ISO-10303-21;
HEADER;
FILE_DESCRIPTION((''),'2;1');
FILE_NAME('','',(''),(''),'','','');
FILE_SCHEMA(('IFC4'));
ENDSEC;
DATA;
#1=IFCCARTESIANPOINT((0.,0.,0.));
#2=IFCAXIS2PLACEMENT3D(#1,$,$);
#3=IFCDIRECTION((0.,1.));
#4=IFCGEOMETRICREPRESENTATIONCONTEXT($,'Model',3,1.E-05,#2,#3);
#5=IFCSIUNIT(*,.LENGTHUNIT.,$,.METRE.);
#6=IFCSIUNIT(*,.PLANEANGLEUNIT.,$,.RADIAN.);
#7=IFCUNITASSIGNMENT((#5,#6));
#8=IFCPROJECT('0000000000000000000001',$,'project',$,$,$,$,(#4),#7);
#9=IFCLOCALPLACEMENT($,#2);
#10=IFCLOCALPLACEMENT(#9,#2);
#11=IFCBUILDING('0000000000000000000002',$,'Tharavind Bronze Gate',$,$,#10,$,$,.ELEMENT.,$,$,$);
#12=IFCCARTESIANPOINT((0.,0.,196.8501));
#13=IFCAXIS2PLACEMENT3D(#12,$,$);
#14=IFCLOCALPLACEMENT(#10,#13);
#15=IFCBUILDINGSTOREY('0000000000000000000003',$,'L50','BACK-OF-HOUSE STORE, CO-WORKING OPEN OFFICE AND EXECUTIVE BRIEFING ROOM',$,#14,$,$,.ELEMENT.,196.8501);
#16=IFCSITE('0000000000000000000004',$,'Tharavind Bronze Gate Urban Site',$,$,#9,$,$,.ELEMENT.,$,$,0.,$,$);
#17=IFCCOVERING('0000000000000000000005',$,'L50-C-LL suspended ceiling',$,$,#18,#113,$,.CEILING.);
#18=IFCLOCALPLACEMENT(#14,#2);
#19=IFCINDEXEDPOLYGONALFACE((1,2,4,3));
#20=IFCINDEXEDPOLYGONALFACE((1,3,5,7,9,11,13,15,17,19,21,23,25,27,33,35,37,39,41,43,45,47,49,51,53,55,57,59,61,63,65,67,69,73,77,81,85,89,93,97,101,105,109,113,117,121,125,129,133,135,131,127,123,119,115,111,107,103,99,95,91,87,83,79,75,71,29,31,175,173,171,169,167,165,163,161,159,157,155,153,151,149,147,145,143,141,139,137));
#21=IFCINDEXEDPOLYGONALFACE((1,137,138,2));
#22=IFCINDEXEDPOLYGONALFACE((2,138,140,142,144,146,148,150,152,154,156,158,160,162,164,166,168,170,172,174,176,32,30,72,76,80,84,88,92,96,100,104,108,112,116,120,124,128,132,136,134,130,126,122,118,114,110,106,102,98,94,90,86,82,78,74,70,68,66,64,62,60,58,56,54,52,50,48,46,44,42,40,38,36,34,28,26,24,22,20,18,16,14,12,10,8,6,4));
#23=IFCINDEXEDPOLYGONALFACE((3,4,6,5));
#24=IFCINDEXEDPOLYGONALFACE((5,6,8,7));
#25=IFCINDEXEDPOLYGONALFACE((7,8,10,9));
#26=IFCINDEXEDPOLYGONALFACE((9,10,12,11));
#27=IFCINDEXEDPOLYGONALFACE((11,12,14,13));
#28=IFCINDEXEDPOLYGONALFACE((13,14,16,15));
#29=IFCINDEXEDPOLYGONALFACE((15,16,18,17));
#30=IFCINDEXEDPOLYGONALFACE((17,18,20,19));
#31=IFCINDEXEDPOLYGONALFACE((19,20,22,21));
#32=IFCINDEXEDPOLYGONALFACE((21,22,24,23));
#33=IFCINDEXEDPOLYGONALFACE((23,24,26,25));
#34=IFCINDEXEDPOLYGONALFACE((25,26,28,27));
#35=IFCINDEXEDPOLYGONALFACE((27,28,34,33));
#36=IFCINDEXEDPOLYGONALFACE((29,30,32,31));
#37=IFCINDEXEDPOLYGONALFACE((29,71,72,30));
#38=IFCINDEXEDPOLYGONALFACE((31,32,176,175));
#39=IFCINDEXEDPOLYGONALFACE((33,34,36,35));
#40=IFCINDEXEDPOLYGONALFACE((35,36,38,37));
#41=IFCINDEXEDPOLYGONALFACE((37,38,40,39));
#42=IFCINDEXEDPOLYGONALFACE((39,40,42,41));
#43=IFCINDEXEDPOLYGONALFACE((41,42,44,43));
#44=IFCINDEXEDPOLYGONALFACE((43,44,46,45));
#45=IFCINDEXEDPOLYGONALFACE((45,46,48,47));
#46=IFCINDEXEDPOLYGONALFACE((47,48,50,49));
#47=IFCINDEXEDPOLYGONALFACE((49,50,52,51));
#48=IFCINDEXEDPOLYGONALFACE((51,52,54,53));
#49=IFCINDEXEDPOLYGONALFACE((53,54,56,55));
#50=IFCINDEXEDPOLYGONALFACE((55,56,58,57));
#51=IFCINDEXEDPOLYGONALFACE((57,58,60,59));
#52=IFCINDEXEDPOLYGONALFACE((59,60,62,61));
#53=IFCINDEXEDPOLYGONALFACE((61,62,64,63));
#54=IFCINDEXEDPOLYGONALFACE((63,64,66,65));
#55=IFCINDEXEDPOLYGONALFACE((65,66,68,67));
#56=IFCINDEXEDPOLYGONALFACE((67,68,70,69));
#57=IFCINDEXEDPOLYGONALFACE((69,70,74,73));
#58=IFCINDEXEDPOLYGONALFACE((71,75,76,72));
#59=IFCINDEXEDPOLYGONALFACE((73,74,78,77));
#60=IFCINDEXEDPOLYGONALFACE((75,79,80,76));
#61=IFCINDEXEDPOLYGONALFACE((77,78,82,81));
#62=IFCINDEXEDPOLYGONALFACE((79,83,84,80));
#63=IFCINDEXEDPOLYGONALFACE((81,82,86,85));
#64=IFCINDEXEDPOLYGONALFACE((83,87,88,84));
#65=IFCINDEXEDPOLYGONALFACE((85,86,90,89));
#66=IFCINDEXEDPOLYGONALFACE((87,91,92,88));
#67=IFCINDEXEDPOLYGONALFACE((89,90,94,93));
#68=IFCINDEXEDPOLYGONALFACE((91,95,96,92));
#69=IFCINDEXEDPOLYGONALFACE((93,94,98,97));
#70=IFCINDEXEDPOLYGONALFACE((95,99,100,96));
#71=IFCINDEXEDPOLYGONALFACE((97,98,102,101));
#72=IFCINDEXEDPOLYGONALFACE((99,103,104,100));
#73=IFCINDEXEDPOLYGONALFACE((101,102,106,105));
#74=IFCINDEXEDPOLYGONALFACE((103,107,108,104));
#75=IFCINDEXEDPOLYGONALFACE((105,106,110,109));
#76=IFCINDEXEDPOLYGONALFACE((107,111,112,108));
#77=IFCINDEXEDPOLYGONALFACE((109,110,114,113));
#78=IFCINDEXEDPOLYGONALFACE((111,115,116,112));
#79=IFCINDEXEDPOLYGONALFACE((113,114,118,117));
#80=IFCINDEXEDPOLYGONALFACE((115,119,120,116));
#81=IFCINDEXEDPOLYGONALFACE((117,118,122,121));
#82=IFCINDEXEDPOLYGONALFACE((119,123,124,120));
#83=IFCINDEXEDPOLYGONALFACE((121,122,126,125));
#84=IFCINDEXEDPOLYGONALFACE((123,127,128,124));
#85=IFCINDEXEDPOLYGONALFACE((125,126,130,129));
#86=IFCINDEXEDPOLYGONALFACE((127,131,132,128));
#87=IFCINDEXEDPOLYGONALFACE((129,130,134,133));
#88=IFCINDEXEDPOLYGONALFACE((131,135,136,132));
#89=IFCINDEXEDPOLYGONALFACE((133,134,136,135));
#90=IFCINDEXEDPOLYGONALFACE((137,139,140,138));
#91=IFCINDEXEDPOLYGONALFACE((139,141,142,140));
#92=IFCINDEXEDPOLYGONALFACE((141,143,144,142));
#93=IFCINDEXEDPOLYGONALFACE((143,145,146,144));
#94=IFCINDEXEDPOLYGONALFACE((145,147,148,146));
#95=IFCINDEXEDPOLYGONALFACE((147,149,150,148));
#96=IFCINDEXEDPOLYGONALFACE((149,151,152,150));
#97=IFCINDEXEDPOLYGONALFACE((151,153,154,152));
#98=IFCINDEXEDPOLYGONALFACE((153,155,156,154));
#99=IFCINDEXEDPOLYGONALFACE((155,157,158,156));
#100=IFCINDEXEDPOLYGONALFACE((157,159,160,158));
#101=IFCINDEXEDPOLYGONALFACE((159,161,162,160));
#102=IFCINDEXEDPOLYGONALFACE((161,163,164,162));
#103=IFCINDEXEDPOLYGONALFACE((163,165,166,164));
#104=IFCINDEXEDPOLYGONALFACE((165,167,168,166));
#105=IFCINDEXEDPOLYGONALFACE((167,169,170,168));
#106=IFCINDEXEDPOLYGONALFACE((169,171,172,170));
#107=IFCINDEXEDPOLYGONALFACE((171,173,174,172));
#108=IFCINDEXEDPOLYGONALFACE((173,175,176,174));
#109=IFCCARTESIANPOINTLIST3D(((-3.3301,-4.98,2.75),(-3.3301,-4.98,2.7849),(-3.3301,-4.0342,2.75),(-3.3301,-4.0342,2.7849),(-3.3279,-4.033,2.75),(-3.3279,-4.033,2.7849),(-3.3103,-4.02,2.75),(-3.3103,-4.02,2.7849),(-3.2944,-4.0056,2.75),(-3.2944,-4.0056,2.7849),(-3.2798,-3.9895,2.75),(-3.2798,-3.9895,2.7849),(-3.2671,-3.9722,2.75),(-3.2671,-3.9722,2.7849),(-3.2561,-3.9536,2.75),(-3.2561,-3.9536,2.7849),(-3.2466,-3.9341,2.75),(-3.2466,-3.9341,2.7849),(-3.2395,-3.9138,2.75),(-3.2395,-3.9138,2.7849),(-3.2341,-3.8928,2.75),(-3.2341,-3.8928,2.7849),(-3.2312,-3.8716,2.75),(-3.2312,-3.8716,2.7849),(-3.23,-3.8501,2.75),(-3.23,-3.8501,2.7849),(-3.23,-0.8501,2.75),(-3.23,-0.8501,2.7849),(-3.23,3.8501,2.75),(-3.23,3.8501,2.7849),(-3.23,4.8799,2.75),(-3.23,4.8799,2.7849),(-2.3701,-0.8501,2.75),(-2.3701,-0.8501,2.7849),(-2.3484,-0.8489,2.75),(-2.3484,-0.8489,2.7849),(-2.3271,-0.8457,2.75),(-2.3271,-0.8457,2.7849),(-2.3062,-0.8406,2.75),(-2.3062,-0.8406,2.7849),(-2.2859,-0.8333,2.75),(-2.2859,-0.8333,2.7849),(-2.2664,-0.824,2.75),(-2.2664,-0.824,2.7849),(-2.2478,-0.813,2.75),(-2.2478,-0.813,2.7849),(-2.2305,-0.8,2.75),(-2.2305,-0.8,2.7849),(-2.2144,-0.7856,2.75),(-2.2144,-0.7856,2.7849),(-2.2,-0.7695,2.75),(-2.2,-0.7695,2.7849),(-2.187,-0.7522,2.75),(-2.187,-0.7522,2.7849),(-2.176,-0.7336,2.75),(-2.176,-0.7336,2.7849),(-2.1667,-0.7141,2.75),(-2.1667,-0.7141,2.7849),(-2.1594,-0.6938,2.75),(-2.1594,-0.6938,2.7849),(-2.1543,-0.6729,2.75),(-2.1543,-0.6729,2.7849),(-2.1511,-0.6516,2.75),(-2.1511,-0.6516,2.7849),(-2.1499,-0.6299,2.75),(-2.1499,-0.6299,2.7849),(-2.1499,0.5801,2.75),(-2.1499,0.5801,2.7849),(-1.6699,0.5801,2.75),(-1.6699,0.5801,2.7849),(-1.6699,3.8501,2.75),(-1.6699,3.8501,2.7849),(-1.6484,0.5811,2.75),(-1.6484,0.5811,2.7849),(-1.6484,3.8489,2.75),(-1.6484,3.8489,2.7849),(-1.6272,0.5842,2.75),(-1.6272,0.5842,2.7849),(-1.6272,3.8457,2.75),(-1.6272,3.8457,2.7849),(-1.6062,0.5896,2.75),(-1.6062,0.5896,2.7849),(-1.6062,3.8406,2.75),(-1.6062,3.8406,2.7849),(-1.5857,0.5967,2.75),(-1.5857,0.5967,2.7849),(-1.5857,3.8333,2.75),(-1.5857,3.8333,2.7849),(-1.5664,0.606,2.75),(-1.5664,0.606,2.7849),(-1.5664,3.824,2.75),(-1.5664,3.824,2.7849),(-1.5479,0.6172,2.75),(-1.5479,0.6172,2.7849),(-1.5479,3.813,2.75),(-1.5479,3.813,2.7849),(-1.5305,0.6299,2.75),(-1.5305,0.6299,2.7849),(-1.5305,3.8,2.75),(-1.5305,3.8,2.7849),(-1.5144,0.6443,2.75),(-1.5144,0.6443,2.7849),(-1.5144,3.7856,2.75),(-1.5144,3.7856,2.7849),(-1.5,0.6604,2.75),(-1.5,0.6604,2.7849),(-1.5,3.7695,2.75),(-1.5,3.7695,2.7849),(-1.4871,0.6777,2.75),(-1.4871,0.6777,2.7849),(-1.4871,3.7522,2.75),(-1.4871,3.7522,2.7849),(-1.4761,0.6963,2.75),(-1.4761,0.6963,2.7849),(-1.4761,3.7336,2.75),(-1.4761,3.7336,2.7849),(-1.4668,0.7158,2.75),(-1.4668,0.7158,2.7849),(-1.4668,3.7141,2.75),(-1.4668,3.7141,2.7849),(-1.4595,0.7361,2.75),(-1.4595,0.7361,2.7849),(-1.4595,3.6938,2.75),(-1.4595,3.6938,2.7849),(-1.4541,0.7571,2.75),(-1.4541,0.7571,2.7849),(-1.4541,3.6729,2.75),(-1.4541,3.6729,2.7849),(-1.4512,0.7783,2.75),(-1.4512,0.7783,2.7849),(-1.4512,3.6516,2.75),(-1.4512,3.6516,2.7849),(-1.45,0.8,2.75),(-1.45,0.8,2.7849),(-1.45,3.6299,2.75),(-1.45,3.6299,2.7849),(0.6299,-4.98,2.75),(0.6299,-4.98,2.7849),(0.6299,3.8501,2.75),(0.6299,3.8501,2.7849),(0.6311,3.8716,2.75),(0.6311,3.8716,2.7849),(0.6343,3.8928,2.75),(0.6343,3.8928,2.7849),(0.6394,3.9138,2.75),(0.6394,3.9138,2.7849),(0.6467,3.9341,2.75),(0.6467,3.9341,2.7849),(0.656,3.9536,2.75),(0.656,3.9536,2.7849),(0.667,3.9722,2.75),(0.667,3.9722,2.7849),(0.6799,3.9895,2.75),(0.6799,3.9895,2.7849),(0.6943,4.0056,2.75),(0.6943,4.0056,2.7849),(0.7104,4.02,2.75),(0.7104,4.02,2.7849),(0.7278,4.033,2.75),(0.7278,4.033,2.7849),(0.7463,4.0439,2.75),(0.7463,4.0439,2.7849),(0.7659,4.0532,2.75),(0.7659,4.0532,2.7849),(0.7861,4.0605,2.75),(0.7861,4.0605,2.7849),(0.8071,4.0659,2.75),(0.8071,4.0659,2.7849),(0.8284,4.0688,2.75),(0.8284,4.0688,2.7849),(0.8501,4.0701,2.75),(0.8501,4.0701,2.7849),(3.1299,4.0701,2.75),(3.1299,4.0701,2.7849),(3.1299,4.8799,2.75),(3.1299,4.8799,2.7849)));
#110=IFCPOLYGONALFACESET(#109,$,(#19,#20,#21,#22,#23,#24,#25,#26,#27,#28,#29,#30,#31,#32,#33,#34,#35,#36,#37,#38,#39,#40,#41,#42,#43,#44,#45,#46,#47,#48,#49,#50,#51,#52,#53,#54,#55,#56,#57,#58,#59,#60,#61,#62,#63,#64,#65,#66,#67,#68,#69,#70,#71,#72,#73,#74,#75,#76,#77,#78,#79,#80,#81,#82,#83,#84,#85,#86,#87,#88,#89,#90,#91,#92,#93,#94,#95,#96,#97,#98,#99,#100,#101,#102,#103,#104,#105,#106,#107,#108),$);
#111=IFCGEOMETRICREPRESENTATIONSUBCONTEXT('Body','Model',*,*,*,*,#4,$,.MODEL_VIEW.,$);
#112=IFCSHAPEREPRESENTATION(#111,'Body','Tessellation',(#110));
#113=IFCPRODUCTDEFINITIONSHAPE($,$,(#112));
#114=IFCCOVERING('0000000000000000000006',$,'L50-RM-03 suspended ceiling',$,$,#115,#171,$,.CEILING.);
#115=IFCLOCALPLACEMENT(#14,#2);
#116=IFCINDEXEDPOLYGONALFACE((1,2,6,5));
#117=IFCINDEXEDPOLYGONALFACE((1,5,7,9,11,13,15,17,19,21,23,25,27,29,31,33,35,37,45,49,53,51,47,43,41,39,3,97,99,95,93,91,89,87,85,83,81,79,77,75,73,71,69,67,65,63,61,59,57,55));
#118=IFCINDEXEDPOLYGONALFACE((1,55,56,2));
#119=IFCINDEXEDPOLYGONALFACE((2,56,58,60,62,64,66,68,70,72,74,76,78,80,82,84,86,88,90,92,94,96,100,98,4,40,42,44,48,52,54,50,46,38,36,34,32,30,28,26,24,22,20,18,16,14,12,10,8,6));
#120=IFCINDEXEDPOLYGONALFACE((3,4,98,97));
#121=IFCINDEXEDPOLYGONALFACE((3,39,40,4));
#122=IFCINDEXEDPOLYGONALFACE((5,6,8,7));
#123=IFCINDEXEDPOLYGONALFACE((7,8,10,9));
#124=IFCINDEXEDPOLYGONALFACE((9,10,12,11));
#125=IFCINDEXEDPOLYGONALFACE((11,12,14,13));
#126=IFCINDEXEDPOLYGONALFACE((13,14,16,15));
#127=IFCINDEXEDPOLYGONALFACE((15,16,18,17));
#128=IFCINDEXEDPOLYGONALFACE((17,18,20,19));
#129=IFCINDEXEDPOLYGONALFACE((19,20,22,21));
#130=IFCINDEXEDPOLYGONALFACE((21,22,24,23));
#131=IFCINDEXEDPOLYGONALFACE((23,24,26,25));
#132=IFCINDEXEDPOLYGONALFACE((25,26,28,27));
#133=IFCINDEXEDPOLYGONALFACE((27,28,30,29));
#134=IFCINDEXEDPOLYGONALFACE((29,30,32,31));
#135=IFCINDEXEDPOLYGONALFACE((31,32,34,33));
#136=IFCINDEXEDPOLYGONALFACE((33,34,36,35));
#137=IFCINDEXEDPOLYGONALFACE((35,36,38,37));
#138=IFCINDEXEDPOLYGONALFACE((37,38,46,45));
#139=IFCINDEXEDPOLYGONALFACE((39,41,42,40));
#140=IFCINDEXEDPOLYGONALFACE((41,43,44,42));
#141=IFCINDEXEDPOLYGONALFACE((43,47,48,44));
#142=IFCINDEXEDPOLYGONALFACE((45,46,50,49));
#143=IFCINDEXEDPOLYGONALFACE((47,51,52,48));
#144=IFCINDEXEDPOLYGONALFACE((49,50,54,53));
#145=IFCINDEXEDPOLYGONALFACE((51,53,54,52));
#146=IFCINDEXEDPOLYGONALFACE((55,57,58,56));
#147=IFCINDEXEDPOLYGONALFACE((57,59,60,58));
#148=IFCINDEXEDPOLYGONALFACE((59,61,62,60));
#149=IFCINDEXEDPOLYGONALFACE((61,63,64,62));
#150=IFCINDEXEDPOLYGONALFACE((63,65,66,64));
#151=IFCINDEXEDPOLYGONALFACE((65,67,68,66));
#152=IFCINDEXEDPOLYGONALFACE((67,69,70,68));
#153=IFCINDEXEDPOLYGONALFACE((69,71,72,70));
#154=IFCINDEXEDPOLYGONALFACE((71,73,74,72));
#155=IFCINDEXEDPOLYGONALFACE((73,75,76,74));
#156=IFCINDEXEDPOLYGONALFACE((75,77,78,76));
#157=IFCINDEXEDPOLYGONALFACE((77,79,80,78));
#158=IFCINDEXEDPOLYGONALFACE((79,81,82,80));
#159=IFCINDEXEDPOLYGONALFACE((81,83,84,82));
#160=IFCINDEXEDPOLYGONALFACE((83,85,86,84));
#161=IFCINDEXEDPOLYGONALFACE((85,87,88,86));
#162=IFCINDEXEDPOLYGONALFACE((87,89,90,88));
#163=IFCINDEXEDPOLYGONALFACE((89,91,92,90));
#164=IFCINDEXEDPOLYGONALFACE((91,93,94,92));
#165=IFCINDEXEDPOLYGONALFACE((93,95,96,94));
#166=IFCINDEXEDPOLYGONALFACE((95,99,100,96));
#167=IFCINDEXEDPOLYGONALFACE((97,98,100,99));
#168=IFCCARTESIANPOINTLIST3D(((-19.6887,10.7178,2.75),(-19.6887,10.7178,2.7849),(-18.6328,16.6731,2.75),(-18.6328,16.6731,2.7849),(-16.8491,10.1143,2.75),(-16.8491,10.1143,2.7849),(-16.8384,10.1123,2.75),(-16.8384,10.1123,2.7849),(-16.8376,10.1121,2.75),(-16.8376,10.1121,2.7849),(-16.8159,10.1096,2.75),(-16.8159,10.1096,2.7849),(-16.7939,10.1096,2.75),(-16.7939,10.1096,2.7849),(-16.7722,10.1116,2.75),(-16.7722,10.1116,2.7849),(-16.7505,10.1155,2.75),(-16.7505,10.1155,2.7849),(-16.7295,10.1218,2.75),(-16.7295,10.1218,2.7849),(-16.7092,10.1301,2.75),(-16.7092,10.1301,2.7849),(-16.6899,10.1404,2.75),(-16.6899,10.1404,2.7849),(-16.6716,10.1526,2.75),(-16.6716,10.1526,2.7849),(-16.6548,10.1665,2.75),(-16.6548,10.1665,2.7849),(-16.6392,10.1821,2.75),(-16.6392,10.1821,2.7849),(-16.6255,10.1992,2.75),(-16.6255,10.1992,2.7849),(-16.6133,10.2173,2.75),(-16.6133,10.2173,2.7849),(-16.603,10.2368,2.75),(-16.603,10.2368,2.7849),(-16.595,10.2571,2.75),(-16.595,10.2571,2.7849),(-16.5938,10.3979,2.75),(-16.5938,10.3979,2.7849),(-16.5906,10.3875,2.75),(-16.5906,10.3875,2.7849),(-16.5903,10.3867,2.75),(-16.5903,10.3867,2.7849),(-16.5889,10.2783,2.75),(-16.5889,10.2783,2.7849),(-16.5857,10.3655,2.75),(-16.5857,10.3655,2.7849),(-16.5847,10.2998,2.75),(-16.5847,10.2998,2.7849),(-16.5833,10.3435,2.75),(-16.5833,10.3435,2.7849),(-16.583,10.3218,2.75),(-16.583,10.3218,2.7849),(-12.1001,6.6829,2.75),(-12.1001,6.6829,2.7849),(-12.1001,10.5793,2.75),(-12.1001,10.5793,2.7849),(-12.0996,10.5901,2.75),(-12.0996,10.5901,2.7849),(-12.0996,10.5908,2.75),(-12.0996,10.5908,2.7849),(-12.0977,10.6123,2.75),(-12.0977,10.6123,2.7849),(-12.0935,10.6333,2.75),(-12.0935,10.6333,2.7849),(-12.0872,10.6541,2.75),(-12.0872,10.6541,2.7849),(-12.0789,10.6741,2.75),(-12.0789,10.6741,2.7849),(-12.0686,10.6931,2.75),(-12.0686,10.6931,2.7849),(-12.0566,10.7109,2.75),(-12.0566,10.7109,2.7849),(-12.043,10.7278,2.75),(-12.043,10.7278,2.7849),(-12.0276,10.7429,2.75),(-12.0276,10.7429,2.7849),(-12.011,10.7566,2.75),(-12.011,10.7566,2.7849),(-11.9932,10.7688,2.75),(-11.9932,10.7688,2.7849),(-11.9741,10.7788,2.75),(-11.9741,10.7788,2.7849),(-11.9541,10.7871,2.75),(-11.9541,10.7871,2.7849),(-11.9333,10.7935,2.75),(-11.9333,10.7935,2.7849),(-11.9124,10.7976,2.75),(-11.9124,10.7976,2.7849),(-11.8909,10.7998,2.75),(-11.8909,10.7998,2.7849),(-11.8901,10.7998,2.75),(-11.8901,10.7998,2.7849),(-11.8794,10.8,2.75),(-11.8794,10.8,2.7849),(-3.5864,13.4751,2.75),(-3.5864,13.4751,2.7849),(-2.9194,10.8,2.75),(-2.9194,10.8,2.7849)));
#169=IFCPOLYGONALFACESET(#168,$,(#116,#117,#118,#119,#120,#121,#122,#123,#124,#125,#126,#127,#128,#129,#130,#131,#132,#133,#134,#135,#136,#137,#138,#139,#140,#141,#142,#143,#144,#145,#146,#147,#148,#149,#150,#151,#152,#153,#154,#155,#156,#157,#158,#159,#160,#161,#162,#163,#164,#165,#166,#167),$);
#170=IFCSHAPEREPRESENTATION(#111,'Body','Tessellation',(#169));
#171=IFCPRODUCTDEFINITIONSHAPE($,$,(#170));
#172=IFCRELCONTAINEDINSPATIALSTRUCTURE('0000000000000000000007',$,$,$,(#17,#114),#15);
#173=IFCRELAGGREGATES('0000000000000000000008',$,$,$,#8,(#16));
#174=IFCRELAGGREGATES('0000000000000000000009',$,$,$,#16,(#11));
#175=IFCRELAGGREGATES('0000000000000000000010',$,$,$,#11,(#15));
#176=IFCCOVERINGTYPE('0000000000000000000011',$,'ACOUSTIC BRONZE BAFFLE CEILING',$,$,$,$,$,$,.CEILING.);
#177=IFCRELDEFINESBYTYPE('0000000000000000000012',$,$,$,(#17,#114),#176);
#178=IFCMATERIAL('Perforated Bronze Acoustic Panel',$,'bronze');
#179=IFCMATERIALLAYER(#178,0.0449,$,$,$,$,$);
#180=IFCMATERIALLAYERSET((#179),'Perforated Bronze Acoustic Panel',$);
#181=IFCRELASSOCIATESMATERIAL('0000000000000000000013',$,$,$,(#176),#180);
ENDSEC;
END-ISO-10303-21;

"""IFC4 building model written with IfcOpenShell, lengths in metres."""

from ifc_helpers import new_model, si_unit, direction, frame, origin, place, context, subcontext, project, spatial, polyline, outline, extrude, material, layer, layer_set, type_object, element, save


model = new_model("IFC4")

# Units and contexts
model_context = context("Model", 3, precision=1e-05, world=origin(), true_north=direction((0.0, 1.0)))
body_context = subcontext(model_context, "Body", "Model", "MODEL_VIEW")
ifc_project = project(units=[si_unit("LENGTHUNIT", "METRE"), si_unit("PLANEANGLEUNIT", "RADIAN")], contexts=[model_context])

# Site, building, storey
site_placement = place(None, origin())
site = spatial("IfcSite", under=ifc_project, at=site_placement, Name="Tharavind Bronze Gate Urban Site", CompositionType="ELEMENT", RefElevation=0.0)
building_placement = place(site_placement, origin())
building = spatial("IfcBuilding", under=site, at=building_placement, Name="Tharavind Bronze Gate", CompositionType="ELEMENT")
storey_placement = place(building_placement, frame((0.0, 0.0, 196.8501)))
storey = spatial("IfcBuildingStorey", under=building, at=storey_placement, Name="L50", Description="BACK-OF-HOUSE STORE, CO-WORKING OPEN OFFICE AND EXECUTIVE BRIEFING ROOM", CompositionType="ELEMENT", Elevation=196.8501)

# Coverings
ifc_material_1 = material(Name="Perforated Bronze Acoustic Panel", Category="bronze")
ifc_layer_1 = layer(ifc_material_1, 0.0449)
ifc_layer_set_1 = layer_set([ifc_layer_1], Name="Perforated Bronze Acoustic Panel")
covering_type_1 = type_object("IfcCoveringType", Name="ACOUSTIC BRONZE BAFFLE CEILING", PredefinedType="CEILING", material=ifc_layer_set_1)
covering_1_placement = place(storey_placement, frame((0.0, 0.0, 2.75)))
element("IfcCovering", 1, at=covering_1_placement, inside=storey, type_object=covering_type_1, Name="L50-C-LL suspended ceiling", PredefinedType="CEILING", context=body_context, shape_type="SweptSolid", body=[
    extrude(outline(polyline([(-3.3301, -4.98), (0.6299, -4.98), (0.6299, 3.8501), (0.6311, 3.8716), (0.6343, 3.8928), (0.6394, 3.9138), (0.6467, 3.9341), (0.656, 3.9536), (0.667, 3.9722), (0.6799, 3.9895), (0.6943, 4.0056), (0.7104, 4.02), (0.7278, 4.033), (0.7463, 4.0439), (0.7659, 4.0532), (0.7861, 4.0605), (0.8071, 4.0659), (0.8284, 4.0688), (0.8501, 4.0701), (3.1299, 4.0701), (3.1299, 4.8799), (-3.23, 4.8799), (-3.23, 3.8501), (-1.6699, 3.8501), (-1.6484, 3.8489), (-1.6272, 3.8457), (-1.6062, 3.8406), (-1.5857, 3.8333), (-1.5664, 3.824), (-1.5479, 3.813), (-1.5305, 3.8), (-1.5144, 3.7856), (-1.5, 3.7695), (-1.4871, 3.7522), (-1.4761, 3.7336), (-1.4668, 3.7141), (-1.4595, 3.6938), (-1.4541, 3.6729), (-1.4512, 3.6516), (-1.45, 3.6299), (-1.45, 0.8), (-1.4512, 0.7783), (-1.4541, 0.7571), (-1.4595, 0.7361), (-1.4668, 0.7158), (-1.4761, 0.6963), (-1.4871, 0.6777), (-1.5, 0.6604), (-1.5144, 0.6443), (-1.5305, 0.6299), (-1.5479, 0.6172), (-1.5664, 0.606), (-1.5857, 0.5967), (-1.6062, 0.5896), (-1.6272, 0.5842), (-1.6484, 0.5811), (-1.6699, 0.5801), (-2.1499, 0.5801), (-2.1499, -0.6299), (-2.1511, -0.6516), (-2.1543, -0.6729), (-2.1594, -0.6938), (-2.1667, -0.7141), (-2.176, -0.7336), (-2.187, -0.7522), (-2.2, -0.7695), (-2.2144, -0.7856), (-2.2305, -0.8), (-2.2478, -0.813), (-2.2664, -0.824), (-2.2859, -0.8333), (-2.3062, -0.8406), (-2.3271, -0.8457), (-2.3484, -0.8489), (-2.3701, -0.8501), (-3.23, -0.8501), (-3.23, -3.8501), (-3.2312, -3.8716), (-3.2341, -3.8928), (-3.2395, -3.9138), (-3.2466, -3.9341), (-3.2561, -3.9536), (-3.2671, -3.9722), (-3.2798, -3.9895), (-3.2944, -4.0056), (-3.3103, -4.02), (-3.3279, -4.033), (-3.3301, -4.0342), (-3.3301, -4.98)])), origin(), (0.0, 0.0, 1.0), 0.0349),
])
covering_2_placement = place(storey_placement, frame((0.0, 0.0, 2.75)))
element("IfcCovering", 2, at=covering_2_placement, inside=storey, type_object=covering_type_1, Name="L50-RM-03 suspended ceiling", PredefinedType="CEILING", context=body_context, shape_type="SweptSolid", body=[
    extrude(outline(polyline([(-12.1001, 6.6829), (-12.1001, 10.5793), (-12.0996, 10.5901), (-12.0996, 10.5908), (-12.0977, 10.6123), (-12.0935, 10.6333), (-12.0872, 10.6541), (-12.0789, 10.6741), (-12.0686, 10.6931), (-12.0566, 10.7109), (-12.043, 10.7278), (-12.0276, 10.7429), (-12.011, 10.7566), (-11.9932, 10.7688), (-11.9741, 10.7788), (-11.9541, 10.7871), (-11.9333, 10.7935), (-11.9124, 10.7976), (-11.8909, 10.7998), (-11.8901, 10.7998), (-11.8794, 10.8), (-2.9194, 10.8), (-3.5864, 13.4751), (-18.6328, 16.6731), (-16.5938, 10.3979), (-16.5906, 10.3875), (-16.5903, 10.3867), (-16.5857, 10.3655), (-16.5833, 10.3435), (-16.583, 10.3218), (-16.5847, 10.2998), (-16.5889, 10.2783), (-16.595, 10.2571), (-16.603, 10.2368), (-16.6133, 10.2173), (-16.6255, 10.1992), (-16.6392, 10.1821), (-16.6548, 10.1665), (-16.6716, 10.1526), (-16.6899, 10.1404), (-16.7092, 10.1301), (-16.7295, 10.1218), (-16.7505, 10.1155), (-16.7722, 10.1116), (-16.7939, 10.1096), (-16.8159, 10.1096), (-16.8376, 10.1121), (-16.8384, 10.1123), (-16.8491, 10.1143), (-19.6887, 10.7178), (-12.1001, 6.6829)])), origin(), (0.0, 0.0, 1.0), 0.0349),
])

save(model, "model.ifc")
